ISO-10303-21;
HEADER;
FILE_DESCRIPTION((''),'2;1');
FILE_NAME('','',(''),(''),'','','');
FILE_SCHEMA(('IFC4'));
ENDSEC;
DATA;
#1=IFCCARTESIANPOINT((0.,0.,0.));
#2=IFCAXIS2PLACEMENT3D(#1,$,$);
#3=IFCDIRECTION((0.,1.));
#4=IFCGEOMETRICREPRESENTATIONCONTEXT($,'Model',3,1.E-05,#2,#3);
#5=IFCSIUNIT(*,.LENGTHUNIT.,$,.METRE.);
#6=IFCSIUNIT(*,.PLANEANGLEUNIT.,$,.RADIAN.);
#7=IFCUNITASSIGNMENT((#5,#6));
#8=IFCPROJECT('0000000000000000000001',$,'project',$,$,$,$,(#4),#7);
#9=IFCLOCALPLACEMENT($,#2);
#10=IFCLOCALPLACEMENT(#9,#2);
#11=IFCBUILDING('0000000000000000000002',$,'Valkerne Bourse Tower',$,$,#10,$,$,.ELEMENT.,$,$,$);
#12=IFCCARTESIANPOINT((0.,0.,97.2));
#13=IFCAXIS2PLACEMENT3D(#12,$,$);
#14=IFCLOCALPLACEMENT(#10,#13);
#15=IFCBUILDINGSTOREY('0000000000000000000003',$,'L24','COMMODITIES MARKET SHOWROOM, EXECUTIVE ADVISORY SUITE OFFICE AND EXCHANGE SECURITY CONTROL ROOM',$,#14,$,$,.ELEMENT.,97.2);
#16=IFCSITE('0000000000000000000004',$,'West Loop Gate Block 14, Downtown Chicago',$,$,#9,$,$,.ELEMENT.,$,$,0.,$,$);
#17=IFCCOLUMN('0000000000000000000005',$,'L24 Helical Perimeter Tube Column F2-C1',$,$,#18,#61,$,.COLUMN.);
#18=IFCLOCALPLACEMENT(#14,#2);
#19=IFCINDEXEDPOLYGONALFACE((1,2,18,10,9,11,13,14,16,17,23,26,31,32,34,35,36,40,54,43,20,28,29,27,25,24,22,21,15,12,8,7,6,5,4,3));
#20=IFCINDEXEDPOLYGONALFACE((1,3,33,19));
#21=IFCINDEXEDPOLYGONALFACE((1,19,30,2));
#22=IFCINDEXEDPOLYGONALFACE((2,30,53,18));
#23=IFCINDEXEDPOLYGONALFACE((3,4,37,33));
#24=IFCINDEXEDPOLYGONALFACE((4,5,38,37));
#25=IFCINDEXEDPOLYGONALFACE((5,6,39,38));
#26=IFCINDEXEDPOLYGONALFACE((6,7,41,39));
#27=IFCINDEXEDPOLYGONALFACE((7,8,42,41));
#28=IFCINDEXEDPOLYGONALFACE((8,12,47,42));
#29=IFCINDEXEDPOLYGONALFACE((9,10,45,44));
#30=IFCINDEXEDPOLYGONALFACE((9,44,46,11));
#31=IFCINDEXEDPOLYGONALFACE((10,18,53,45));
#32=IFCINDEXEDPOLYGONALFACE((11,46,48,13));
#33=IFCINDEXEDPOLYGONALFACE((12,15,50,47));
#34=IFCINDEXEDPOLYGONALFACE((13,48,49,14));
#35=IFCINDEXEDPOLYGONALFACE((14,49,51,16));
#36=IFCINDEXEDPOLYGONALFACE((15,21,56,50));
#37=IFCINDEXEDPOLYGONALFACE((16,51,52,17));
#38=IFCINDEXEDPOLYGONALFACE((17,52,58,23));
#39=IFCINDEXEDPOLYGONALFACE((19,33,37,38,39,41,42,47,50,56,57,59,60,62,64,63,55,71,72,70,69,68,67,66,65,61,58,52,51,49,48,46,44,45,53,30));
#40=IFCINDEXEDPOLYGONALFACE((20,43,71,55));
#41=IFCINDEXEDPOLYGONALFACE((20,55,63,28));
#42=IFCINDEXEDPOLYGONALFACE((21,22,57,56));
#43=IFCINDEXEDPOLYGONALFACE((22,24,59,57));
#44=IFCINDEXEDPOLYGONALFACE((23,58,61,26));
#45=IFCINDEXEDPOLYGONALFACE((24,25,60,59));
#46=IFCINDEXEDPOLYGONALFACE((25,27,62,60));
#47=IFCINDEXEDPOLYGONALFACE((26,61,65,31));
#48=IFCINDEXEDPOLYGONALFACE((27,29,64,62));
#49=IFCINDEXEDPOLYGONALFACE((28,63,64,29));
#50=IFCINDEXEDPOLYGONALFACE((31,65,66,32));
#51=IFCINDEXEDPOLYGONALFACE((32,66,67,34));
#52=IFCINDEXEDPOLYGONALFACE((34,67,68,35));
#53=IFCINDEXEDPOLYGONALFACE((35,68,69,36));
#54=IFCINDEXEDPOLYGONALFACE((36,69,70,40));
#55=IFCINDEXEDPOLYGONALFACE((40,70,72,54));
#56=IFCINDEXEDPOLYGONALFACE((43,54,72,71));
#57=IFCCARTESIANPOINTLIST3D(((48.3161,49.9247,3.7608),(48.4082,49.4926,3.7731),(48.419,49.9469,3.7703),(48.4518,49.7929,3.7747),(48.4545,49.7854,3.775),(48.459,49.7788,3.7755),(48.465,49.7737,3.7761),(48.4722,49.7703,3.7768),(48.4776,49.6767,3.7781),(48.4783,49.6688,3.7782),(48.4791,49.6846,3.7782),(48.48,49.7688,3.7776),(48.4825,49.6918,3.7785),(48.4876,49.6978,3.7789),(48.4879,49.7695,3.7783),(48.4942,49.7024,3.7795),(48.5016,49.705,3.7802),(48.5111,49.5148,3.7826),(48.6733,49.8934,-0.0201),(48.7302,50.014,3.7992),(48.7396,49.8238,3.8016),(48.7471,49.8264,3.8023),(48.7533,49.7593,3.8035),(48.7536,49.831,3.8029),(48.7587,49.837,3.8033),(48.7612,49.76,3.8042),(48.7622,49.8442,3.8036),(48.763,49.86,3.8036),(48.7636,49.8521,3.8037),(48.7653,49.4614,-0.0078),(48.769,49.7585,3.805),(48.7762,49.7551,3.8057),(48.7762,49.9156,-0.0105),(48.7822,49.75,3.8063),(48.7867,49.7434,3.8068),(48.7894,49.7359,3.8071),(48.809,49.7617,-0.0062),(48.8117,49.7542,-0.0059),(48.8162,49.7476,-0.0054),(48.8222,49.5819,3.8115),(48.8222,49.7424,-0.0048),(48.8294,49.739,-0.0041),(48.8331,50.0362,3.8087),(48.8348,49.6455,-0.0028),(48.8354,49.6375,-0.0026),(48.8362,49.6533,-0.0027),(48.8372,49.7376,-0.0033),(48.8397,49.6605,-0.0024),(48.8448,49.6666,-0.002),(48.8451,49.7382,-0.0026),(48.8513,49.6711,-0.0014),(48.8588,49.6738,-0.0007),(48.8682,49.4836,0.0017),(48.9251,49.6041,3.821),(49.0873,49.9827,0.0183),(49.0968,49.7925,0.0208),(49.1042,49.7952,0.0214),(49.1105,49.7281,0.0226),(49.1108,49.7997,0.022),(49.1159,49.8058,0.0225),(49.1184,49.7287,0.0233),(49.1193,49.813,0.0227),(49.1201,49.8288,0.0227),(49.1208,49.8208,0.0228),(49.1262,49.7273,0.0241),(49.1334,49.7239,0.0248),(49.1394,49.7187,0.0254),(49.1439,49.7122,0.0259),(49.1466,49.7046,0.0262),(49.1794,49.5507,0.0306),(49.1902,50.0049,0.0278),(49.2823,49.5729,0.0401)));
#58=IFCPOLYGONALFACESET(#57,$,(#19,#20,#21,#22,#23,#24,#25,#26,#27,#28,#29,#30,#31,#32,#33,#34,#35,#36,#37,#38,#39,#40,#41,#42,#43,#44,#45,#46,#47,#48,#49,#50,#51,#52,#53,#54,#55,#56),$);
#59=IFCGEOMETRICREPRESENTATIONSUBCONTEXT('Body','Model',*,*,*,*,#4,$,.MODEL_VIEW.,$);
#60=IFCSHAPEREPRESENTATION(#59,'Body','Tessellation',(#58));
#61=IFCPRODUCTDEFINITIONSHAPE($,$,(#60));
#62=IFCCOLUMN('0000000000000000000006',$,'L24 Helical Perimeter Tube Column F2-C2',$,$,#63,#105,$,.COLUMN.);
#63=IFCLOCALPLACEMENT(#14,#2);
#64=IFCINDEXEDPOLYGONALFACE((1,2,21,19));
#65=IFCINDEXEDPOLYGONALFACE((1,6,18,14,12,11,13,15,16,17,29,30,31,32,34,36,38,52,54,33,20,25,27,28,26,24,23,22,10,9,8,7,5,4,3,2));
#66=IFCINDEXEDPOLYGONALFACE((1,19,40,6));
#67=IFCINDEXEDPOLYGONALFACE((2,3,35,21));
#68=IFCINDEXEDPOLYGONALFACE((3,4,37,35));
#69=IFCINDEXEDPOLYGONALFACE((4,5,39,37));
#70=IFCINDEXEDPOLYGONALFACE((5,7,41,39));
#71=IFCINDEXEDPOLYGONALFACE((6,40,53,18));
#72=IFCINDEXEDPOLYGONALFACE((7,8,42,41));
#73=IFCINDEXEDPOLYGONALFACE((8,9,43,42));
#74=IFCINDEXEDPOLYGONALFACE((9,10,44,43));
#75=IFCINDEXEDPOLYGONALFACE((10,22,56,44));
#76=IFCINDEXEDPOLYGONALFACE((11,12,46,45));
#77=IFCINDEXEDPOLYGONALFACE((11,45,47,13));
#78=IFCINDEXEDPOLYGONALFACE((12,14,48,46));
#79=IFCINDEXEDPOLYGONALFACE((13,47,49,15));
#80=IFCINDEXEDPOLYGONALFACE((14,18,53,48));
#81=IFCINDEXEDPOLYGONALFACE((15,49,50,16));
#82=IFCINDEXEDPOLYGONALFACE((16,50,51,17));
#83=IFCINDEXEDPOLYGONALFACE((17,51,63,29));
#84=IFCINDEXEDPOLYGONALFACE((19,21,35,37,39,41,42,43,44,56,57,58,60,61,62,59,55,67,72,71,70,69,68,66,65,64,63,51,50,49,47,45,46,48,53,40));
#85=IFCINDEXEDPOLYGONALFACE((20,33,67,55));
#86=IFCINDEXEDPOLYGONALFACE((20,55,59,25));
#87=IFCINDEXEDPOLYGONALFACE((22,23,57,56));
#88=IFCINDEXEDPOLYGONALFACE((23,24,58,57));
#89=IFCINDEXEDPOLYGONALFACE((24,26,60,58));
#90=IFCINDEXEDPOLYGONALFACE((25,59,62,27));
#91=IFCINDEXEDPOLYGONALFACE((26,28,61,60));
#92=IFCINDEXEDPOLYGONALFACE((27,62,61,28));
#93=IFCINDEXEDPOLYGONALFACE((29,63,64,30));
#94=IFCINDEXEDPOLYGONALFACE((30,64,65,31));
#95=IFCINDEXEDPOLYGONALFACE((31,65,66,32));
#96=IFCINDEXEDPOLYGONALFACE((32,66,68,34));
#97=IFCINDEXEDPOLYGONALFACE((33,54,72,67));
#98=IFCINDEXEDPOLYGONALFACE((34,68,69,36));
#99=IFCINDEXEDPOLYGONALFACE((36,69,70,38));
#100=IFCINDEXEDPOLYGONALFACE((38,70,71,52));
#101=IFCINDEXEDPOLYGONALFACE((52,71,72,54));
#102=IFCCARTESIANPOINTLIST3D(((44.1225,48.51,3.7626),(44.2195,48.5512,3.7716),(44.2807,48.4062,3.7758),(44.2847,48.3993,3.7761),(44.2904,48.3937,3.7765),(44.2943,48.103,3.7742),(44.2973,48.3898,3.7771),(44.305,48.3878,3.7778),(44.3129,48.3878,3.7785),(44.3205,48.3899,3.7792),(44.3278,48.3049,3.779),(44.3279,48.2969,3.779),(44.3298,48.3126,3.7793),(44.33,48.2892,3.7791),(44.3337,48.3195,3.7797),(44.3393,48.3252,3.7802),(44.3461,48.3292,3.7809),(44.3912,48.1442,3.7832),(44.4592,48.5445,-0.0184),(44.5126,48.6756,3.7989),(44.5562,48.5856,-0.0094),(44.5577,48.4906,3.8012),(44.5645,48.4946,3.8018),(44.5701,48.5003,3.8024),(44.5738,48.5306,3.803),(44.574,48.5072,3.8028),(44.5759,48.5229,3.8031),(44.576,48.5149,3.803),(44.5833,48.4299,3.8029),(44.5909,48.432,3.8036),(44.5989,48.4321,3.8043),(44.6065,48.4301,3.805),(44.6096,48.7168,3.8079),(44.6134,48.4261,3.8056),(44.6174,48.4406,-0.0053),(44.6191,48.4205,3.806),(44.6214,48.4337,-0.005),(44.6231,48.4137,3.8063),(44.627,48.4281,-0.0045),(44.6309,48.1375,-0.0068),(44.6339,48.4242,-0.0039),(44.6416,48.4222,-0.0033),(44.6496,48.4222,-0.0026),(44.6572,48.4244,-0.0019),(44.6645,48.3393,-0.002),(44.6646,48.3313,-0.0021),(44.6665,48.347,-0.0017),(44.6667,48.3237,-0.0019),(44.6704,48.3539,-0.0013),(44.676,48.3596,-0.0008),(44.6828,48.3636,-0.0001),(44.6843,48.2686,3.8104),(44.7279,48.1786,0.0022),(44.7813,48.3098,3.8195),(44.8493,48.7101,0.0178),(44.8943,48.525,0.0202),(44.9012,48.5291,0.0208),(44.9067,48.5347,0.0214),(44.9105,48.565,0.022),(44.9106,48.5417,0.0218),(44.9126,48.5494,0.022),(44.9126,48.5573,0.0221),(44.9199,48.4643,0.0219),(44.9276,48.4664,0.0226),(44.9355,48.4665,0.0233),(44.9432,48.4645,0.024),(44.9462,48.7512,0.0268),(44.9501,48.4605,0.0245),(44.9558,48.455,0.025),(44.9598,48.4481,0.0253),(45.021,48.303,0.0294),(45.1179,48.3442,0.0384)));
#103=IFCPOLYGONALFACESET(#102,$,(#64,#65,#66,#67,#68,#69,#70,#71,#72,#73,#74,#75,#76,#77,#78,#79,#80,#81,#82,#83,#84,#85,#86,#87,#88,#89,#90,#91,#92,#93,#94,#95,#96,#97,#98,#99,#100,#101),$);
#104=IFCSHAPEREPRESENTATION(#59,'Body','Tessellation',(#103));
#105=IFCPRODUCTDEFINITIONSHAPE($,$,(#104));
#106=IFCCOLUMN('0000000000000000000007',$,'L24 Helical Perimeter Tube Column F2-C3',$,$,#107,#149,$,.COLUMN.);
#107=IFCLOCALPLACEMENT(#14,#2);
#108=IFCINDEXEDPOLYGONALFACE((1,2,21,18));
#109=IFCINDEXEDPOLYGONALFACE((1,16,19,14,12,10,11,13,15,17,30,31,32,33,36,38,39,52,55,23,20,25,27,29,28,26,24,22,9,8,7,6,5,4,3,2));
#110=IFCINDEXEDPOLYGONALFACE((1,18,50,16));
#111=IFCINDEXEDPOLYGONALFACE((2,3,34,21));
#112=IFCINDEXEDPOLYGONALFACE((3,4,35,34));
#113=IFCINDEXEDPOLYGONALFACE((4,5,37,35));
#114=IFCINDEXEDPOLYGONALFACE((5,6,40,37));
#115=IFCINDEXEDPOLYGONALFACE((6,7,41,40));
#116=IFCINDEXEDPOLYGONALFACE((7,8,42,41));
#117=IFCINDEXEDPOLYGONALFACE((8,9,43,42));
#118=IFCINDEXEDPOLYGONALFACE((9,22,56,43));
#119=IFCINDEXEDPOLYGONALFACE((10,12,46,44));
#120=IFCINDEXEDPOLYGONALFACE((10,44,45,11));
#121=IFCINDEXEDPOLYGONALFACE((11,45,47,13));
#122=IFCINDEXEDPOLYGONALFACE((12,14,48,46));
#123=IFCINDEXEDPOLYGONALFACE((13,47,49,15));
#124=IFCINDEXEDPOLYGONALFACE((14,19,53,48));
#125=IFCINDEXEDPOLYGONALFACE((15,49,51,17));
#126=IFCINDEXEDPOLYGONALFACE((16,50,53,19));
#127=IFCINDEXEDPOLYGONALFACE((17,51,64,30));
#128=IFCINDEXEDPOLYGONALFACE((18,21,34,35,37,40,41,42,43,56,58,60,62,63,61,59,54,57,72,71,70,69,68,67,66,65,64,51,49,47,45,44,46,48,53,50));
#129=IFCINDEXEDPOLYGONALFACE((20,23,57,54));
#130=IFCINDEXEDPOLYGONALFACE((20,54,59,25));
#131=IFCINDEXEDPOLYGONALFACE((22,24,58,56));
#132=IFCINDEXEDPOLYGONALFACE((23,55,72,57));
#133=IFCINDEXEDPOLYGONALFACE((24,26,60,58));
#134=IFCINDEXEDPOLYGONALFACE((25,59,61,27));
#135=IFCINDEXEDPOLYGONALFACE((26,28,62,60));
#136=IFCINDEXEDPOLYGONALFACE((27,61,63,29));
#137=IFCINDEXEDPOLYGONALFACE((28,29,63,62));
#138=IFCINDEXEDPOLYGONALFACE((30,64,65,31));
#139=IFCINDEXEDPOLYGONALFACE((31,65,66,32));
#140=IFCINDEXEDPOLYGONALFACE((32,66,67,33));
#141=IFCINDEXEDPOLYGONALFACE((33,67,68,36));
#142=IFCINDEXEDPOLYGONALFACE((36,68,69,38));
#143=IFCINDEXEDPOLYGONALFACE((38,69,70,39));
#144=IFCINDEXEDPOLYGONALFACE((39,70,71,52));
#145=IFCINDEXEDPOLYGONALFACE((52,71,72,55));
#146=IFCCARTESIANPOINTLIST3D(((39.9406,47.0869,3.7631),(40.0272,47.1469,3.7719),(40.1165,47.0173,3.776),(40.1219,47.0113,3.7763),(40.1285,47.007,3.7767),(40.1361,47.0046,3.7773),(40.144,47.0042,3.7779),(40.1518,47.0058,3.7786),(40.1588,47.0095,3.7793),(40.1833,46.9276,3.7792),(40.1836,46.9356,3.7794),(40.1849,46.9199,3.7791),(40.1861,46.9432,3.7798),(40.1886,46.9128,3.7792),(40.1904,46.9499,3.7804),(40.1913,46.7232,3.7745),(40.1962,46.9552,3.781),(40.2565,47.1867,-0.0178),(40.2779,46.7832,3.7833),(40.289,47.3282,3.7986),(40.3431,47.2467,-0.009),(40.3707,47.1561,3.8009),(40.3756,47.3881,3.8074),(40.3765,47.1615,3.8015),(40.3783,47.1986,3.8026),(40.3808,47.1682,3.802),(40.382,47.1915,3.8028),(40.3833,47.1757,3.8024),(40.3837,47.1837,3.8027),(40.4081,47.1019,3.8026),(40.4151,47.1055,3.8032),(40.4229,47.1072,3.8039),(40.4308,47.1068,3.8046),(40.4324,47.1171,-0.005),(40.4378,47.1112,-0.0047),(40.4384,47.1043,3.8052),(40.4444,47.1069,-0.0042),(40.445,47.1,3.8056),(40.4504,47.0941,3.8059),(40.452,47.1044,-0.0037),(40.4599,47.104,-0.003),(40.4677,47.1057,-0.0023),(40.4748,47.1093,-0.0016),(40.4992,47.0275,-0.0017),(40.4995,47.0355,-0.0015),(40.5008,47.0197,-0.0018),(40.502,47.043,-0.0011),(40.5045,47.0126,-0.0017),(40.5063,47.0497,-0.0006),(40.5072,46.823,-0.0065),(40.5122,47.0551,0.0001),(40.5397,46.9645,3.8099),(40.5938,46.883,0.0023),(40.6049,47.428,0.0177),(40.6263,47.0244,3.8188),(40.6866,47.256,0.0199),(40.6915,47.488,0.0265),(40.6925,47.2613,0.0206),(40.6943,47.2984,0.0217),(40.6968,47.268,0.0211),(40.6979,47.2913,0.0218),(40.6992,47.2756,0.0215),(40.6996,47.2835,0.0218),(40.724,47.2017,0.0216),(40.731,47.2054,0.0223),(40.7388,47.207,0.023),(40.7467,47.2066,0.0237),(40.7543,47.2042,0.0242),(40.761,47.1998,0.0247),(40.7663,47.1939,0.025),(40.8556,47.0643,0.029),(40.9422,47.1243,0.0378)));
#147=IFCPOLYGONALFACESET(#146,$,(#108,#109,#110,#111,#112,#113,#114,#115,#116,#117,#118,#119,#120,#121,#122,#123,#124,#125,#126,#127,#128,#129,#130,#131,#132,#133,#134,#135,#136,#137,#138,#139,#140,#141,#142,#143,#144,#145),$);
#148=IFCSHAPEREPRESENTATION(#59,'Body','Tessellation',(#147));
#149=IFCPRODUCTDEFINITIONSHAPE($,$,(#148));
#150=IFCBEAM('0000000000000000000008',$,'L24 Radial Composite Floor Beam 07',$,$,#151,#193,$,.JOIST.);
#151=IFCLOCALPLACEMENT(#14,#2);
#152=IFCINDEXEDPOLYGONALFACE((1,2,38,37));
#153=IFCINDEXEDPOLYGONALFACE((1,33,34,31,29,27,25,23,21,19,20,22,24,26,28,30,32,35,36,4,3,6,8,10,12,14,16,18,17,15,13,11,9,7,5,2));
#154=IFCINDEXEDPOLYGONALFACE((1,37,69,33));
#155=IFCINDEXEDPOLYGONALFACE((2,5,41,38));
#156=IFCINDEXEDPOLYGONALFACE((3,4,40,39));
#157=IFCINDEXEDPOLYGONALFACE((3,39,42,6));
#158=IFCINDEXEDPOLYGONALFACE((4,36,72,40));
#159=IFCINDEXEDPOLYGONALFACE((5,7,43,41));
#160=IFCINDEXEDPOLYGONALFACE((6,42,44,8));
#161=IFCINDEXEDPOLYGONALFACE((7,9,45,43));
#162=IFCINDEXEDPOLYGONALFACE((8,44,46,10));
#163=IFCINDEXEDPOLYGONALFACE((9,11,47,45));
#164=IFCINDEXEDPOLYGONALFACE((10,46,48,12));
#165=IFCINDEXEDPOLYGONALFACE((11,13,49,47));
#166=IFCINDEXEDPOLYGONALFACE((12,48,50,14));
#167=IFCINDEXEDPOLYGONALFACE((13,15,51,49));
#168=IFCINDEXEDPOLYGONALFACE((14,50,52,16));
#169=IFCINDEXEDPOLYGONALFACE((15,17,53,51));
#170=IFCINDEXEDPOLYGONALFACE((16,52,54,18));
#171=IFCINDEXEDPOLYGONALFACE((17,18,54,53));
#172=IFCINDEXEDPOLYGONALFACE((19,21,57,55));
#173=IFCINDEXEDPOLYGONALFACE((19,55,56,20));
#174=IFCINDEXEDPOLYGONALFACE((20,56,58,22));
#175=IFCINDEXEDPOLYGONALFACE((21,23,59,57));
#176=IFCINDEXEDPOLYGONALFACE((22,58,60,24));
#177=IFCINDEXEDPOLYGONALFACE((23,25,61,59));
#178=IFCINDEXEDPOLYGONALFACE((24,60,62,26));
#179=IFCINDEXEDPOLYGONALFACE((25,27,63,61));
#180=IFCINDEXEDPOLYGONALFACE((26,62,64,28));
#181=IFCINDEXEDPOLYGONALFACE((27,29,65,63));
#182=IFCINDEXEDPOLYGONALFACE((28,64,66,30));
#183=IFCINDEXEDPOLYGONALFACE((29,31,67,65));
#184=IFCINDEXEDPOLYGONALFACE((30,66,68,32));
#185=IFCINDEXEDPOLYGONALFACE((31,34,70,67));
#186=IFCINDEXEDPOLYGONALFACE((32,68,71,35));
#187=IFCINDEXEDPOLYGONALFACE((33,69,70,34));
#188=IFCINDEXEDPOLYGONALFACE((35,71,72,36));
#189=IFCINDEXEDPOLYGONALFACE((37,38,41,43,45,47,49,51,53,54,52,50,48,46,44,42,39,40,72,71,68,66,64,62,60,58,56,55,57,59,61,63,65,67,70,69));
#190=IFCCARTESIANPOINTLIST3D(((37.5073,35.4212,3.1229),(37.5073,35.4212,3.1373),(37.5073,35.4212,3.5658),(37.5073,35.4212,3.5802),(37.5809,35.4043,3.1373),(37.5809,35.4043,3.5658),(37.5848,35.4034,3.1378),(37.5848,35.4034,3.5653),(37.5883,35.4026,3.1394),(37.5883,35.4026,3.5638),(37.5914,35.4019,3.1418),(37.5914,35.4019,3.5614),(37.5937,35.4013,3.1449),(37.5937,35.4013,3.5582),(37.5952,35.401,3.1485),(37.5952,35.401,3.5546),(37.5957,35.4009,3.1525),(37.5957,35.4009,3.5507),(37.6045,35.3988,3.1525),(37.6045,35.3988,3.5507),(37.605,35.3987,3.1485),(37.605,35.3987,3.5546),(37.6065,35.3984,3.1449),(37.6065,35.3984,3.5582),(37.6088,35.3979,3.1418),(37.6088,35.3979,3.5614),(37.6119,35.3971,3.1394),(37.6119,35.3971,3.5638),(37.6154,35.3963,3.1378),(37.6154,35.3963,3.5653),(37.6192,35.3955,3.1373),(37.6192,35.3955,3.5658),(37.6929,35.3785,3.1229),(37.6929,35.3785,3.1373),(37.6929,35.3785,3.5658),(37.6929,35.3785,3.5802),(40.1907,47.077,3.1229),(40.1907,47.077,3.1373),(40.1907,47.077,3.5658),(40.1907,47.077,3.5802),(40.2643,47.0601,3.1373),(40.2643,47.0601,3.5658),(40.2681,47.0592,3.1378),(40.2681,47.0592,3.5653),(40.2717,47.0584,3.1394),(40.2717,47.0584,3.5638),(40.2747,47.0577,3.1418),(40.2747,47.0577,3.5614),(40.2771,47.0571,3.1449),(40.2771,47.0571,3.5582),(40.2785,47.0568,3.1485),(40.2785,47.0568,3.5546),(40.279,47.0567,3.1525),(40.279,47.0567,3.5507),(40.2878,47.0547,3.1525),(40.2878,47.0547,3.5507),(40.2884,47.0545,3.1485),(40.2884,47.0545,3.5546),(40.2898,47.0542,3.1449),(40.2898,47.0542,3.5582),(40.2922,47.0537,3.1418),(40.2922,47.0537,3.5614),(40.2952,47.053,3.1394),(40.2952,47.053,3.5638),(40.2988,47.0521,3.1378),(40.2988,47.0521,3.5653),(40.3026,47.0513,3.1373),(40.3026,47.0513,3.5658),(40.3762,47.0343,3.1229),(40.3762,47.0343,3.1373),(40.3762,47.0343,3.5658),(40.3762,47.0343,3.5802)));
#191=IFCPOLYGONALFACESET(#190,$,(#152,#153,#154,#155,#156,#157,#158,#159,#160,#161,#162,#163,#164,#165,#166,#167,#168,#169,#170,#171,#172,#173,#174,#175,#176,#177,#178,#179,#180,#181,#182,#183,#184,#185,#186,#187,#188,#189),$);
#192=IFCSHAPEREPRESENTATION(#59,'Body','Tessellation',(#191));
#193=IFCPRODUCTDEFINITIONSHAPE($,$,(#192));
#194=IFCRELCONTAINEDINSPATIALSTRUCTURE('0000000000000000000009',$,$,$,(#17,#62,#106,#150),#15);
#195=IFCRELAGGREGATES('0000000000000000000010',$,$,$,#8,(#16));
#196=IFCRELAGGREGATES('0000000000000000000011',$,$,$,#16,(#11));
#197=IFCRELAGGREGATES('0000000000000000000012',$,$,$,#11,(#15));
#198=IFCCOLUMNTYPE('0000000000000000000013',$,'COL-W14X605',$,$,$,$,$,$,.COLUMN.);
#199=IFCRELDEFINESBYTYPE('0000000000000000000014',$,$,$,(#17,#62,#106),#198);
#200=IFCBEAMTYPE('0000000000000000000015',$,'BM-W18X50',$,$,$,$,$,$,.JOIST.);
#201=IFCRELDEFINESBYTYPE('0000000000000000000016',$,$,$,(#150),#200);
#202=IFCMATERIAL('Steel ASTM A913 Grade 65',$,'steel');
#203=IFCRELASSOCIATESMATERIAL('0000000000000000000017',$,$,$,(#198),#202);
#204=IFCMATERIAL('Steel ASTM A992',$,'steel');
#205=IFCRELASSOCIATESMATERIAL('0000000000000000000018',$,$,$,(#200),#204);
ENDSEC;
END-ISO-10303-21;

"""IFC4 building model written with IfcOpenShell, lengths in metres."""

from ifc_helpers import new_model, si_unit, direction, frame, origin, origin_2d, place, context, subcontext, project, spatial, i_section, extrude, material, material_profile, profile_set, type_object, element, save


model = new_model("IFC4")

# Units and contexts
model_context = context("Model", 3, precision=1e-05, world=origin(), true_north=direction((0.0, 1.0)))
body_context = subcontext(model_context, "Body", "Model", "MODEL_VIEW")
ifc_project = project(units=[si_unit("LENGTHUNIT", "METRE"), si_unit("PLANEANGLEUNIT", "RADIAN")], contexts=[model_context])

# Site, building, storey
site_placement = place(None, origin())
site = spatial("IfcSite", under=ifc_project, at=site_placement, Name="West Loop Gate Block 14, Downtown Chicago", CompositionType="ELEMENT", RefElevation=0.0)
building_placement = place(site_placement, origin())
building = spatial("IfcBuilding", under=site, at=building_placement, Name="Valkerne Bourse Tower", CompositionType="ELEMENT")
storey_placement = place(building_placement, frame((0.0, 0.0, 97.2)))
storey = spatial("IfcBuildingStorey", under=building, at=storey_placement, Name="L24", Description="COMMODITIES MARKET SHOWROOM, EXECUTIVE ADVISORY SUITE OFFICE AND EXCHANGE SECURITY CONTROL ROOM", CompositionType="ELEMENT", Elevation=97.2)

# Columns
ifc_material_1 = material(Name="Steel ASTM A913 Grade 65", Category="steel")
ifc_material_profile_1 = material_profile(ifc_material_1, i_section(OverallWidth=0.4419, OverallDepth=0.531, WebThickness=0.0659, FlangeThickness=0.1057, FilletRadius=0.0305, at=origin_2d()), Name="W14X605")
ifc_profile_set_1 = profile_set([ifc_material_profile_1], Name="Steel ASTM A913 Grade 65")
column_type = type_object("IfcColumnType", Name="COL-W14X605", PredefinedType="COLUMN", material=ifc_profile_set_1)
column_1_placement = place(storey_placement, frame((48.9778, 49.7332, 0.01), z_axis=(-0.094044, 0.008228, 0.995534), x_axis=(-0.208308, 0.977669, -0.027758)))
element("IfcColumn", 1, at=column_1_placement, inside=storey, type_object=column_type, Name="L24 Helical Perimeter Tube Column F2-C1", PredefinedType="COLUMN", context=body_context, shape_type="SweptSolid", body=[
    extrude(i_section(OverallWidth=0.4419, OverallDepth=0.531, WebThickness=0.0659, FlangeThickness=0.1057, FilletRadius=0.0305, at=origin_2d()), origin(), (0.0, 0.0, 1.0), 3.7979),
])
column_2_placement = place(storey_placement, frame((44.7886, 48.4443, 0.01), z_axis=(-0.088688, -0.009068, 0.996018), x_axis=(-0.388572, 0.921046, -0.026214)))
element("IfcColumn", 2, at=column_2_placement, inside=storey, type_object=column_type, Name="L24 Helical Perimeter Tube Column F2-C2", PredefinedType="COLUMN", context=body_context, shape_type="SweptSolid", body=[
    extrude(i_section(OverallWidth=0.4419, OverallDepth=0.531, WebThickness=0.0659, FlangeThickness=0.1057, FilletRadius=0.0305, at=origin_2d()), origin(), (0.0, 0.0, 1.0), 3.7961),
])
column_3_placement = place(storey_placement, frame((40.5994, 47.1555, 0.01), z_axis=(-0.083235, -0.026308, 0.996183), x_axis=(-0.567354, 0.823074, -0.025668)))
element("IfcColumn", 3, at=column_3_placement, inside=storey, type_object=column_type, Name="L24 Helical Perimeter Tube Column F2-C3", PredefinedType="COLUMN", context=body_context, shape_type="SweptSolid", body=[
    extrude(i_section(OverallWidth=0.4419, OverallDepth=0.531, WebThickness=0.0659, FlangeThickness=0.1057, FilletRadius=0.0305, at=origin_2d()), origin(), (0.0, 0.0, 1.0), 3.7954),
])

# Beam
ifc_material_2 = material(Name="Steel ASTM A992", Category="steel")
ifc_material_profile_2 = material_profile(ifc_material_2, i_section(OverallWidth=0.1904, OverallDepth=0.4573, WebThickness=0.009, FlangeThickness=0.0144, FilletRadius=0.0151, at=origin_2d()), Name="W18X50")
ifc_profile_set_2 = profile_set([ifc_material_profile_2], Name="Steel ASTM A992")
beam_type_1 = type_object("IfcBeamType", Name="BM-W18X50", PredefinedType="JOIST", material=ifc_profile_set_2)
beam_1_placement = place(storey_placement, frame((40.2834, 47.0557, 3.3516), z_axis=(-0.224348, -0.974509, 0.0), x_axis=(0.974509, -0.224348, 0.0)))
element("IfcBeam", 4, at=beam_1_placement, inside=storey, type_object=beam_type_1, Name="L24 Radial Composite Floor Beam 07", PredefinedType="JOIST", context=body_context, shape_type="SweptSolid", body=[
    extrude(i_section(OverallWidth=0.1904, OverallDepth=0.4573, WebThickness=0.009, FlangeThickness=0.0144, FilletRadius=0.0151, at=origin_2d()), origin(), (0.0, 0.0, 1.0), 11.9607),
])

save(model, "model.ifc")
